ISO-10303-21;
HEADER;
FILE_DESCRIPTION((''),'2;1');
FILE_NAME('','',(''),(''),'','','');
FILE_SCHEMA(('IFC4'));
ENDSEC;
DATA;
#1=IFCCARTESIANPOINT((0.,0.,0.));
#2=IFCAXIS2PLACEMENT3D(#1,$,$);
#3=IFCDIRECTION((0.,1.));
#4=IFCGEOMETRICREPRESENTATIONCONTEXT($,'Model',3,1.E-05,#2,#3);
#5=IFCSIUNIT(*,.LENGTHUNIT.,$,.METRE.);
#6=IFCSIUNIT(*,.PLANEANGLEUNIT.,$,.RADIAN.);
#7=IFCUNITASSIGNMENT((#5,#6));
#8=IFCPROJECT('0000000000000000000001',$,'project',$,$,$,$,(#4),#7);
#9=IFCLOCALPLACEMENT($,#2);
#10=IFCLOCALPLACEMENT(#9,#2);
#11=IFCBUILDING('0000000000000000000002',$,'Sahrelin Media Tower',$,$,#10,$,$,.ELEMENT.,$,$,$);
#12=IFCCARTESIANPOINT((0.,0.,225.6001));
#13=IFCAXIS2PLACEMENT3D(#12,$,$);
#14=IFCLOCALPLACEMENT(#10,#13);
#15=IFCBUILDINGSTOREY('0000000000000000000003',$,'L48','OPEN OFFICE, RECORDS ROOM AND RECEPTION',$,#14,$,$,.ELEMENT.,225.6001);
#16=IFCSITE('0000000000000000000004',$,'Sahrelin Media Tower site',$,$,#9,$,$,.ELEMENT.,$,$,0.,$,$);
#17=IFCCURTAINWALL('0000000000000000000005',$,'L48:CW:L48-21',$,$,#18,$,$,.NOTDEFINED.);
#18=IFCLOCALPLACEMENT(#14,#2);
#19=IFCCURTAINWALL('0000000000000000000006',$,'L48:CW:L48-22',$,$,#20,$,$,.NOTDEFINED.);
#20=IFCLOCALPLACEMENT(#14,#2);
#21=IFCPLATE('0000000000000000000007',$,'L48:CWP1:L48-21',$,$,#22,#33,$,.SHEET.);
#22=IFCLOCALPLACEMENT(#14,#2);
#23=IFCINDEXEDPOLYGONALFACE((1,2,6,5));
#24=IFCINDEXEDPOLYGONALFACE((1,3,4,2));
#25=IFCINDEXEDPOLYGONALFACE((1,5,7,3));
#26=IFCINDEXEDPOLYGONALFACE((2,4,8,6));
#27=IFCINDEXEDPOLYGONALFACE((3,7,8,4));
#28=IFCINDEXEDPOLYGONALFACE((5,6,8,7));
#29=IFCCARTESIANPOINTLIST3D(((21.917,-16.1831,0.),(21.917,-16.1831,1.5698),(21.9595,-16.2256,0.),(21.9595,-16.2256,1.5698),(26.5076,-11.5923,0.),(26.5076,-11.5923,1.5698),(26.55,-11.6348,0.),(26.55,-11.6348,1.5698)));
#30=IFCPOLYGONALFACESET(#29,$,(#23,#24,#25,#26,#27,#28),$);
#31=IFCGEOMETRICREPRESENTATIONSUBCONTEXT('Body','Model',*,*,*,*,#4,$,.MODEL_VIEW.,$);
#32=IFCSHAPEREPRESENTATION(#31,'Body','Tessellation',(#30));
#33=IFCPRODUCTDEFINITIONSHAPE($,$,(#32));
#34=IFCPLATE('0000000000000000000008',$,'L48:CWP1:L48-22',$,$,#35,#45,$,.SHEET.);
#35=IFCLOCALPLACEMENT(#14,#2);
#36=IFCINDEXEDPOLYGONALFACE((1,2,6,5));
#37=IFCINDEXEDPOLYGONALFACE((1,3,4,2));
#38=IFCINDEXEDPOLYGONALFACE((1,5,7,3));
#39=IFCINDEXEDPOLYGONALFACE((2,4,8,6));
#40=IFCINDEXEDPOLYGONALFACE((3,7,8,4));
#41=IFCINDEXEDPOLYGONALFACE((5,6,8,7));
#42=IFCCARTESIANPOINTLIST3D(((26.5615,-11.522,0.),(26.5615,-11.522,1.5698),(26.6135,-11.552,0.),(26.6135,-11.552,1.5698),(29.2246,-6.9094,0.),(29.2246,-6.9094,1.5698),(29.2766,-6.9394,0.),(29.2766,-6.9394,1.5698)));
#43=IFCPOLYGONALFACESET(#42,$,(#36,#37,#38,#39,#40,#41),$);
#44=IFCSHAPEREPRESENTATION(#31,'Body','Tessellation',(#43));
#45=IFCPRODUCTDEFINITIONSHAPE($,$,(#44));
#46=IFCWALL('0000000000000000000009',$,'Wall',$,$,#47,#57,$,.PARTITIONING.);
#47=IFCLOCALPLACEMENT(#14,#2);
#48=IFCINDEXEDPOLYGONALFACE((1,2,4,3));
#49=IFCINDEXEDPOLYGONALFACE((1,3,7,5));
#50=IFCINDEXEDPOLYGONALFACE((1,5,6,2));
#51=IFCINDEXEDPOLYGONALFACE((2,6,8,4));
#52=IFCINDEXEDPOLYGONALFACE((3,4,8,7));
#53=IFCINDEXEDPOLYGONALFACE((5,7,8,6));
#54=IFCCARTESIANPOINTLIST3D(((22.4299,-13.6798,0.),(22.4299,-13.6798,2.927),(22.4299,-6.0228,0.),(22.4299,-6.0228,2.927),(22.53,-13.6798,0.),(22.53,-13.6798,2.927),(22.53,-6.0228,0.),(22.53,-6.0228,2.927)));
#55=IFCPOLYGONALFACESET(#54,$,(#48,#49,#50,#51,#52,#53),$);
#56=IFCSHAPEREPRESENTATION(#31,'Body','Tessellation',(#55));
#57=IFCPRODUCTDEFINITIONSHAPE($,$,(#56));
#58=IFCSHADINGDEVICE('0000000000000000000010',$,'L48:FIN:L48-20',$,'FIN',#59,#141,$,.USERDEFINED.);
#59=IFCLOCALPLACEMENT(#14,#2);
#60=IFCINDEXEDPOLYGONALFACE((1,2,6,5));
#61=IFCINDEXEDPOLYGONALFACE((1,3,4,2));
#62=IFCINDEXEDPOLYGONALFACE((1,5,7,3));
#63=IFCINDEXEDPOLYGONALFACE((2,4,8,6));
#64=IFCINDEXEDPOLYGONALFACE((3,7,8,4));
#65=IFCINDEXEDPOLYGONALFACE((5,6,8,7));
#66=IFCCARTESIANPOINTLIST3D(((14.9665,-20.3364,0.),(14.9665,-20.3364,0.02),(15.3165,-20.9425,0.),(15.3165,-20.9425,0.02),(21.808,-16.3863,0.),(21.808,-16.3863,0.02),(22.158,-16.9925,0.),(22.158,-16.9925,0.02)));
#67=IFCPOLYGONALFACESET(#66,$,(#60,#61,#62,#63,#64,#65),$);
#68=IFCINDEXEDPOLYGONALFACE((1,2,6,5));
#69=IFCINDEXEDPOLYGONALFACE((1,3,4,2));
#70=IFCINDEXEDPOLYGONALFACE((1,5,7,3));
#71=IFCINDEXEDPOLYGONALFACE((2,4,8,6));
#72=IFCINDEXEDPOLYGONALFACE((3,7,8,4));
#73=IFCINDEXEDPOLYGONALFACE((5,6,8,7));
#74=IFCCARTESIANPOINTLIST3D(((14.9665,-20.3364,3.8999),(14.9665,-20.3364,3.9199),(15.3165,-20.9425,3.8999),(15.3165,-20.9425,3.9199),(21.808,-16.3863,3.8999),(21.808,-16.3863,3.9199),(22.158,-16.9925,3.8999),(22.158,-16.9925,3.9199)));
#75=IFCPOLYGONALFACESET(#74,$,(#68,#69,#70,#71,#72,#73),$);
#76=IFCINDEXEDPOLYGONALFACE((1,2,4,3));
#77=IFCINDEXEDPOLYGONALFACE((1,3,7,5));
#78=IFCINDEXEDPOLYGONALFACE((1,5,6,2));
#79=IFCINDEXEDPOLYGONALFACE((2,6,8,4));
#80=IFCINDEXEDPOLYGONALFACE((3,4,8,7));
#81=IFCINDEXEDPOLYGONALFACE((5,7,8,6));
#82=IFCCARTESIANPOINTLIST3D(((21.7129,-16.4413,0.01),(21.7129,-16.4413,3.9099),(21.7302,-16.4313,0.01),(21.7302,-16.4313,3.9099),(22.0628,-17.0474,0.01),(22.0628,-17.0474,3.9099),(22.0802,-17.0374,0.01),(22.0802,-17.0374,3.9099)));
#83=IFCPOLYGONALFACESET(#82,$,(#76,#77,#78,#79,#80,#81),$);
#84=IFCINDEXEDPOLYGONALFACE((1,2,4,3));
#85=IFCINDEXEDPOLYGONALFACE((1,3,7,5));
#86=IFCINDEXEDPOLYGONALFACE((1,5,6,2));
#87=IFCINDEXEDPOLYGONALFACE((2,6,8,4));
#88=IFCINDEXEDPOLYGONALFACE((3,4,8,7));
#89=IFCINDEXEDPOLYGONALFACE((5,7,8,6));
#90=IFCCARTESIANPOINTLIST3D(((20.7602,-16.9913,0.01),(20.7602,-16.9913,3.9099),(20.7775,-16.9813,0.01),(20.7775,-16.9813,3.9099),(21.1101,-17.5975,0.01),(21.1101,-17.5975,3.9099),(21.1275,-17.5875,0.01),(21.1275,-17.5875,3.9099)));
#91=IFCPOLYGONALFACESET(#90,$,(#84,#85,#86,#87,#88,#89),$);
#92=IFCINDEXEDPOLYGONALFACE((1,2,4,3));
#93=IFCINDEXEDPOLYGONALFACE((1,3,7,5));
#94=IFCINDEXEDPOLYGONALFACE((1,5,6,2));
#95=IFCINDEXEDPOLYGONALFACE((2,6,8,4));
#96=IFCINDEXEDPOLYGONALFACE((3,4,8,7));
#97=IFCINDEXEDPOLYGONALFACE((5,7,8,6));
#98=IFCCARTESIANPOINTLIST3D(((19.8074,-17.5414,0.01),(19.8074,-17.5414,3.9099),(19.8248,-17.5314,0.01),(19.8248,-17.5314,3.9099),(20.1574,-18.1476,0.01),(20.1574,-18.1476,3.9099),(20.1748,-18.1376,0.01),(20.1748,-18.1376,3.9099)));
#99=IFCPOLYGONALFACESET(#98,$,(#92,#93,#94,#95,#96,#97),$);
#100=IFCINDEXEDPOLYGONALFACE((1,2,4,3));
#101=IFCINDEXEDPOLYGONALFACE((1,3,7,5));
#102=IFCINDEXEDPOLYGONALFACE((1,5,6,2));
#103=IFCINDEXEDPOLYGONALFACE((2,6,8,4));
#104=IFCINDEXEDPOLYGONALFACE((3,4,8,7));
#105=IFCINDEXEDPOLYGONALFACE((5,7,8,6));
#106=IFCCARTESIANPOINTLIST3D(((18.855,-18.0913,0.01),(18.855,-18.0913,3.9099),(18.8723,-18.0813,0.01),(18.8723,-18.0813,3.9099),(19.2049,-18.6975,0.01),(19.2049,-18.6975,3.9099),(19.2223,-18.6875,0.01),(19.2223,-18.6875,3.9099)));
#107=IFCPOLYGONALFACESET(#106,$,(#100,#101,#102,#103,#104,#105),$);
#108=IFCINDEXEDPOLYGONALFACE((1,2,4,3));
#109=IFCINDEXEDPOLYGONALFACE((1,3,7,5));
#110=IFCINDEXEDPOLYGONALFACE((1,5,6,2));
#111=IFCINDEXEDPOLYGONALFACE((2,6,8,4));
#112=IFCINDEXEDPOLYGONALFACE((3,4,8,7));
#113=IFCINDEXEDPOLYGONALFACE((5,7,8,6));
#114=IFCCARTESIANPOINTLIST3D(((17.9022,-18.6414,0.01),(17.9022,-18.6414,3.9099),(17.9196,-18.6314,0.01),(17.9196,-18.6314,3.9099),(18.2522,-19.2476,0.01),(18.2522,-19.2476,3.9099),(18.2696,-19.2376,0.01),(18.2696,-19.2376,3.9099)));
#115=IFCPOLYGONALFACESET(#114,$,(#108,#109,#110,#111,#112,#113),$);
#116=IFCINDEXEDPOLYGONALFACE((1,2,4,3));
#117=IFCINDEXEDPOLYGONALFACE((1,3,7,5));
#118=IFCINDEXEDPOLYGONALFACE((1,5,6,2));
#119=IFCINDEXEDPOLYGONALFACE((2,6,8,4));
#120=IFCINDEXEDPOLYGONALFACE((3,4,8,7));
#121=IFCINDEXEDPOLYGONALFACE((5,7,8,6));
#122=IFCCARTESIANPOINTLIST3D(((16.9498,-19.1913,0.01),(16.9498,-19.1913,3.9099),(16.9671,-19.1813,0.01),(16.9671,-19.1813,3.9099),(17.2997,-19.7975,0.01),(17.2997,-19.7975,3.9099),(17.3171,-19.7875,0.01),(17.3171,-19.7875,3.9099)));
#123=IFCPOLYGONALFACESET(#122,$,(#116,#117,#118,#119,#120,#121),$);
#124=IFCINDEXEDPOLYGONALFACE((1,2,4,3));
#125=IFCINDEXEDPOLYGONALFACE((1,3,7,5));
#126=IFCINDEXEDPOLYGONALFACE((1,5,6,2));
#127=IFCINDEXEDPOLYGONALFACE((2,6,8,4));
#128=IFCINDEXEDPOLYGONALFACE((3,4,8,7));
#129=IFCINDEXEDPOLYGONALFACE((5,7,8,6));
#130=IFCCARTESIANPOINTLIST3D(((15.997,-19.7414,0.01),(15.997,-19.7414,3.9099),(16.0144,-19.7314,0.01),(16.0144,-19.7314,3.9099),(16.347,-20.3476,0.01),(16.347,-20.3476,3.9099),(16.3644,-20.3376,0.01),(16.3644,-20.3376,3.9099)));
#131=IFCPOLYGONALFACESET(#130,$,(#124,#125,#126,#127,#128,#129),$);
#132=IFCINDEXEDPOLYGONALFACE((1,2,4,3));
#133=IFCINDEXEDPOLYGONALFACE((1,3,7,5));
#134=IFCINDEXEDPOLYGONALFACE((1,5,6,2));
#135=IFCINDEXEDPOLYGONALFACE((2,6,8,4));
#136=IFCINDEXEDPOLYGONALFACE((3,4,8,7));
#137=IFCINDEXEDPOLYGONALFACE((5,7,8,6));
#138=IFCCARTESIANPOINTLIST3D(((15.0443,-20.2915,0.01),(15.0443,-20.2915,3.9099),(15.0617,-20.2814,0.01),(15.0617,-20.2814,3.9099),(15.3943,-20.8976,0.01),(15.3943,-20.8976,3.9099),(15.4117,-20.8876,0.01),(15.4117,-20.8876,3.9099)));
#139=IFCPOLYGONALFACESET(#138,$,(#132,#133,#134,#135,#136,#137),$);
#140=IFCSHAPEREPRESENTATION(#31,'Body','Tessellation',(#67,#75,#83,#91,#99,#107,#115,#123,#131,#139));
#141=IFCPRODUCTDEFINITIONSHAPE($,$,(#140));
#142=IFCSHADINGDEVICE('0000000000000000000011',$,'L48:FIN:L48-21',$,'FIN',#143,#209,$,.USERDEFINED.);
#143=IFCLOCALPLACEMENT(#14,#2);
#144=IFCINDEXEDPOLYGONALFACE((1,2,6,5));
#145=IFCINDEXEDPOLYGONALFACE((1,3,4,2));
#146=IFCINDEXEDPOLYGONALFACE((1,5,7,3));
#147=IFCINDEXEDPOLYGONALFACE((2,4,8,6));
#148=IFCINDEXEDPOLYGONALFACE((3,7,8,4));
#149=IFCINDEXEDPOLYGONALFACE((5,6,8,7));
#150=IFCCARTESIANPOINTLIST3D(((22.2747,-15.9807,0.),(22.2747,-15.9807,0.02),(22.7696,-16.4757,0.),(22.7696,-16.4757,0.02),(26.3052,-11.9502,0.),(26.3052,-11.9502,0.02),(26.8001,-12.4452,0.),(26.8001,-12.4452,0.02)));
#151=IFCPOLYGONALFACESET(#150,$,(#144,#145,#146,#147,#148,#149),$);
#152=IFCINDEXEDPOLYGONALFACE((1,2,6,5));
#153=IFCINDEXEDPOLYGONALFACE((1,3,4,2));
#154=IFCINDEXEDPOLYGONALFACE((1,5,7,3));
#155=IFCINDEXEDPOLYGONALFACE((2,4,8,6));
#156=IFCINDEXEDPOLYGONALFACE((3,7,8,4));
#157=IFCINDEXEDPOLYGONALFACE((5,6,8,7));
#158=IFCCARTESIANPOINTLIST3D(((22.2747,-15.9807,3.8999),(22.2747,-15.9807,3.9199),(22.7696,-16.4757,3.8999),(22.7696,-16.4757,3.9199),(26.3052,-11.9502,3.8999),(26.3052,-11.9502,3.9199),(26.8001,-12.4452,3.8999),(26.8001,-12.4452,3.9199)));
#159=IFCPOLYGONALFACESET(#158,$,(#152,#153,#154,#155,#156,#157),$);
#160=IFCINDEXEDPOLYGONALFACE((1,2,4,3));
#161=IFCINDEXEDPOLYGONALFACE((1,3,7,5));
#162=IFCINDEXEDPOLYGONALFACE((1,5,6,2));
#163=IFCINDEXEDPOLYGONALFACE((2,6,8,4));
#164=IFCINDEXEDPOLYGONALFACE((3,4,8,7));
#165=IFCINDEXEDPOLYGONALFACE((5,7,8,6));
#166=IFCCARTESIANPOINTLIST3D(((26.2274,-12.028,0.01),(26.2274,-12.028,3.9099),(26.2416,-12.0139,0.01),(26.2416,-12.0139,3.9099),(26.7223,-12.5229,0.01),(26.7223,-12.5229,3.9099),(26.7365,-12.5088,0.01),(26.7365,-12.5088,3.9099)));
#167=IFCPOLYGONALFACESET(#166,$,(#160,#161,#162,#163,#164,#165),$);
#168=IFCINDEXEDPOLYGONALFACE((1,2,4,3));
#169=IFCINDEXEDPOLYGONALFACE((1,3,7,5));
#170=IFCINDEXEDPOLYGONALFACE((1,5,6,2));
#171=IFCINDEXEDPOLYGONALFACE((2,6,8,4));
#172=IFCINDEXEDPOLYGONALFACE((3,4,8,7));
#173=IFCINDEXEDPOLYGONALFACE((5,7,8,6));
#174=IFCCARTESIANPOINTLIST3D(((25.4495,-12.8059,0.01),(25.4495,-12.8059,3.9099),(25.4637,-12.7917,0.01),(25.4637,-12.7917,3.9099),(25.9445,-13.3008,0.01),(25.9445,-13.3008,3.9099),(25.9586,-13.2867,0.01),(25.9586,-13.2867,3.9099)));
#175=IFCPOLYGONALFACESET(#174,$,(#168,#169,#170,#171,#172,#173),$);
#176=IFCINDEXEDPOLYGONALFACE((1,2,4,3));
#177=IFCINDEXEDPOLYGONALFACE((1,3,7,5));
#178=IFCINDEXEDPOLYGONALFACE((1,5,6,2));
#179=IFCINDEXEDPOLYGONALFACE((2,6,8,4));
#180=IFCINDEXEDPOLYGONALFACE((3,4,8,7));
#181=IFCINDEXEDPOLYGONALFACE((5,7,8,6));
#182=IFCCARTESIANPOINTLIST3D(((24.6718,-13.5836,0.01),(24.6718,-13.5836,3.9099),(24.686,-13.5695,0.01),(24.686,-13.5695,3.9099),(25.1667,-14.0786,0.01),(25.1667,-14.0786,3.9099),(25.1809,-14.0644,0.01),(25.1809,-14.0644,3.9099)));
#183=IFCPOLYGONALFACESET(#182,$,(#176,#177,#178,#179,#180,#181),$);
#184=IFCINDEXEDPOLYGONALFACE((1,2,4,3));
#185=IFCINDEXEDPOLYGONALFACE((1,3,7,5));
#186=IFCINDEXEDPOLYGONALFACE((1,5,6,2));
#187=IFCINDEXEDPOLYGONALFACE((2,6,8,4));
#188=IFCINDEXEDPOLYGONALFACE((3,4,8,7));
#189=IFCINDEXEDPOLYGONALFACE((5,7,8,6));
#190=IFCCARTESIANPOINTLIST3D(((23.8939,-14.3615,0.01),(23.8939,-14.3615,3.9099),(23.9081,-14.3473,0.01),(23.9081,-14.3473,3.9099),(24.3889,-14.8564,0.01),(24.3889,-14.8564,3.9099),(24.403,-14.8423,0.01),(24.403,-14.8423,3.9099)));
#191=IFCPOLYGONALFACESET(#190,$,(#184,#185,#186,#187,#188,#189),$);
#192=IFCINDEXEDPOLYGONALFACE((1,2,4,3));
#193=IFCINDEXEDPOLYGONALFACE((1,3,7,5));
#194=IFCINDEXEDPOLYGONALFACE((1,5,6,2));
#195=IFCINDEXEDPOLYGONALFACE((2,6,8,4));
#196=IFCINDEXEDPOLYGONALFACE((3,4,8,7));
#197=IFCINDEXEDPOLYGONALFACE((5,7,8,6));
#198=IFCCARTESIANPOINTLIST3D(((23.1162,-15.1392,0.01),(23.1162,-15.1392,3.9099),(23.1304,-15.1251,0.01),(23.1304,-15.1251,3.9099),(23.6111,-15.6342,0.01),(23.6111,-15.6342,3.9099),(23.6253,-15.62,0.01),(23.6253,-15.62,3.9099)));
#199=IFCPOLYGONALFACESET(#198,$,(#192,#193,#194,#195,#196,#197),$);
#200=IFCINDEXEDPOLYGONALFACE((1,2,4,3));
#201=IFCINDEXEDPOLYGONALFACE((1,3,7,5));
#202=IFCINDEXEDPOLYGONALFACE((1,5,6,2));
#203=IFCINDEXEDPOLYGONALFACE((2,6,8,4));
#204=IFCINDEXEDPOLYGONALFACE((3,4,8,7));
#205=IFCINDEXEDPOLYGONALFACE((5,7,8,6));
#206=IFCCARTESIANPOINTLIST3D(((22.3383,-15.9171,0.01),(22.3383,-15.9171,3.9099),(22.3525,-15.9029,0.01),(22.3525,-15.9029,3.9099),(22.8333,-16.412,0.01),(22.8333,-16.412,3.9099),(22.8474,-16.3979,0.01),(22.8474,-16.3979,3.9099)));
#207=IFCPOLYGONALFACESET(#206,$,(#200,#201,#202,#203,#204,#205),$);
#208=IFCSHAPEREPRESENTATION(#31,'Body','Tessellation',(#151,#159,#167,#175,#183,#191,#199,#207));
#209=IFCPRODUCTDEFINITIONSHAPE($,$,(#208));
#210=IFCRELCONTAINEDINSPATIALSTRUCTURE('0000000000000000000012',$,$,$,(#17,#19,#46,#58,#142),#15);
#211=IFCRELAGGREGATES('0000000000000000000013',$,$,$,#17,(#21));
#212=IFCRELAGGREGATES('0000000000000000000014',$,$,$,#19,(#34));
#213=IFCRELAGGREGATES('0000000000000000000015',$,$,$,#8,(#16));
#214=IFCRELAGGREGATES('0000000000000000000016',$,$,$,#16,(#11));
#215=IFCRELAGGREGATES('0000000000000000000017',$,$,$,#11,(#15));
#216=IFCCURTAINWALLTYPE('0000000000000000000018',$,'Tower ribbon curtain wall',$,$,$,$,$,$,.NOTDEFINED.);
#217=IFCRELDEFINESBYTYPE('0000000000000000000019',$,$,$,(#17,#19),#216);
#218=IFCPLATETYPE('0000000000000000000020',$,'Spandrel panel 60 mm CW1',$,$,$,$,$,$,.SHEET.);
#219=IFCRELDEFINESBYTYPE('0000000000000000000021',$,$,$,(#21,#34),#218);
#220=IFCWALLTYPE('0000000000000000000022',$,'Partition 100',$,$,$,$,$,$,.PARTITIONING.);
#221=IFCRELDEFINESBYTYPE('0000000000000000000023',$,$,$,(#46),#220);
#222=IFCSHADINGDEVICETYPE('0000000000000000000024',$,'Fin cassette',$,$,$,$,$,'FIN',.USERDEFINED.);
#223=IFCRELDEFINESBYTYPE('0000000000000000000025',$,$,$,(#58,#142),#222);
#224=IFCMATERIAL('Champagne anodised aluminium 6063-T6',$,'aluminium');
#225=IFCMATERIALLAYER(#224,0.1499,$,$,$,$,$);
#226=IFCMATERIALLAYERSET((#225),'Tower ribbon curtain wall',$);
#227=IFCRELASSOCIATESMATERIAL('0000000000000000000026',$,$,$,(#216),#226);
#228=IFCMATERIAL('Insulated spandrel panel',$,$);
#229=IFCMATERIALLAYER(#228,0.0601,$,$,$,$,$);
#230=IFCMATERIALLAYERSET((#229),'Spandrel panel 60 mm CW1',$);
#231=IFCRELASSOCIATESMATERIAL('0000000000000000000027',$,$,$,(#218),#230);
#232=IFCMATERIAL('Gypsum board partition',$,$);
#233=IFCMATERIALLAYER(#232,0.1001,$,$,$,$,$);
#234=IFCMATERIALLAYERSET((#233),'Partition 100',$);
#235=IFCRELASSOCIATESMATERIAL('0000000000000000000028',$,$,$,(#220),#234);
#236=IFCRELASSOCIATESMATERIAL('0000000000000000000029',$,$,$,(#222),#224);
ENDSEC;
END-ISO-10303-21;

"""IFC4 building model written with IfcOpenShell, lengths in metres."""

from ifc_helpers import new_model, si_unit, direction, frame, frame_2d, origin, origin_2d, place, context, subcontext, project, spatial, polyline, rectangle, outline, extrude, material, layer, layer_set, type_object, element, aggregate, save


model = new_model("IFC4")

# Units and contexts
model_context = context("Model", 3, precision=1e-05, world=origin(), true_north=direction((0.0, 1.0)))
body_context = subcontext(model_context, "Body", "Model", "MODEL_VIEW")
ifc_project = project(units=[si_unit("LENGTHUNIT", "METRE"), si_unit("PLANEANGLEUNIT", "RADIAN")], contexts=[model_context])

# Site, building, storey
site_placement = place(None, origin())
site = spatial("IfcSite", under=ifc_project, at=site_placement, Name="Sahrelin Media Tower site", CompositionType="ELEMENT", RefElevation=0.0)
building_placement = place(site_placement, origin())
building = spatial("IfcBuilding", under=site, at=building_placement, Name="Sahrelin Media Tower", CompositionType="ELEMENT")
storey_placement = place(building_placement, frame((0.0, 0.0, 225.6001)))
storey = spatial("IfcBuildingStorey", under=building, at=storey_placement, Name="L48", Description="OPEN OFFICE, RECORDS ROOM AND RECEPTION", CompositionType="ELEMENT", Elevation=225.6001)

# Curtain wall
ifc_material_1 = material(Name="Champagne anodised aluminium 6063-T6", Category="aluminium")
ifc_layer_1 = layer(ifc_material_1, 0.1499)
ifc_layer_set_1 = layer_set([ifc_layer_1], Name="Tower ribbon curtain wall")
curtain_wall_type = type_object("IfcCurtainWallType", Name="Tower ribbon curtain wall", PredefinedType="NOTDEFINED", material=ifc_layer_set_1)
curtain_wall_1_placement = place(storey_placement, frame((24.2405, -13.916, 0.0), z_axis=(0.0, 0.0, 1.0), x_axis=(1.0, 0.0, 0.0)))
curtain_wall_1 = element("IfcCurtainWall", 1, at=curtain_wall_1_placement, inside=storey, type_object=curtain_wall_type, Name="L48:CW:L48-21", PredefinedType="NOTDEFINED")

# Curtain wall
curtain_wall_2_placement = place(storey_placement, frame((27.9277, -9.2356, 0.0), z_axis=(0.0, 0.0, 1.0), x_axis=(1.0, 0.0, 0.0)))
curtain_wall_2 = element("IfcCurtainWall", 2, at=curtain_wall_2_placement, inside=storey, type_object=curtain_wall_type, Name="L48:CW:L48-22", PredefinedType="NOTDEFINED")

# Plates
ifc_material_2 = material(Name="Insulated spandrel panel")
ifc_layer_2 = layer(ifc_material_2, 0.0601)
ifc_layer_set_2 = layer_set([ifc_layer_2], Name="Spandrel panel 60 mm CW1")
plate_type_1 = type_object("IfcPlateType", Name="Spandrel panel 60 mm CW1", PredefinedType="SHEET", material=ifc_layer_set_2)
plate_1_placement = place(storey_placement, frame((21.9595, -16.2256, 0.0), z_axis=(0.707126, -0.707088, 0.0), x_axis=(0.707088, 0.707126, 0.0)))
plate_1 = element("IfcPlate", 3, at=plate_1_placement, type_object=plate_type_1, Name="L48:CWP1:L48-21", PredefinedType="SHEET", context=body_context, shape_type="SweptSolid", body=[
    extrude(outline(polyline([(0.0, 0.0), (6.4922, 0.0), (6.4922, 1.5698), (0.0, 1.5698), (0.0, 0.0)])), origin(), (0.0, 0.0, -1.0), 0.0601),
])
aggregate(curtain_wall_1, [plate_1])
plate_2_placement = place(storey_placement, frame((26.6135, -11.552, 0.0), z_axis=(0.866023, -0.500004, 0.0), x_axis=(0.500004, 0.866023, 0.0)))
plate_2 = element("IfcPlate", 4, at=plate_2_placement, type_object=plate_type_1, Name="L48:CWP1:L48-22", PredefinedType="SHEET", context=body_context, shape_type="SweptSolid", body=[
    extrude(outline(polyline([(0.0, 0.0), (5.3262, 0.0), (5.3262, 1.5698), (0.0, 1.5698), (0.0, 0.0)])), origin(), (0.0, 0.0, -1.0), 0.0601),
])
aggregate(curtain_wall_2, [plate_2])

# Wall
ifc_material_3 = material(Name="Gypsum board partition")
ifc_layer_3 = layer(ifc_material_3, 0.1001)
ifc_layer_set_3 = layer_set([ifc_layer_3], Name="Partition 100")
wall_type = type_object("IfcWallType", Name="Partition 100", PredefinedType="PARTITIONING", material=ifc_layer_set_3)
wall_placement = place(storey_placement, frame((22.48, -13.6799, 0.0), z_axis=(0.0, 0.0, 1.0), x_axis=(0.0, 1.0, 0.0)))
element("IfcWall", 5, at=wall_placement, inside=storey, type_object=wall_type, Name="Wall", PredefinedType="PARTITIONING", context=body_context, shape_type="SweptSolid", body=[
    extrude(rectangle(XDim=7.657, YDim=0.1001, at=frame_2d((3.8286, 0.0))), origin(), (0.0, 0.0, 1.0), 2.927),
])

# Shading devices
shading_device_type_1 = type_object("IfcShadingDeviceType", Name="Fin cassette", ElementType="FIN", PredefinedType="USERDEFINED", material=ifc_material_1)
placement_1 = place(storey_placement, frame((18.3523, -18.3008, 0.0), z_axis=(0.0, 0.0, 1.0), x_axis=(-0.866019, -0.500011, 0.0)))
element("IfcShadingDevice", 6, at=placement_1, inside=storey, type_object=shading_device_type_1, Name="L48:FIN:L48-20", ObjectType="FIN", PredefinedType="USERDEFINED", context=body_context, shape_type="SweptSolid", body=[
    extrude(rectangle(XDim=7.8999, YDim=0.7, at=origin_2d()), frame((0.0, 0.4199, 0.0)), (0.0, 0.0, 1.0), 0.02),
    extrude(rectangle(XDim=7.8999, YDim=0.7, at=origin_2d()), frame((0.0, 0.4199, 3.8999)), (0.0, 0.0, 1.0), 0.02),
    extrude(rectangle(XDim=0.02, YDim=0.7, at=origin_2d()), frame((-3.8501, 0.4199, 0.01), z_axis=(0.0, 0.0, 1.0), x_axis=(1.0, 0.0, 0.0)), (0.0, 0.0, 1.0), 3.8999),
    extrude(rectangle(XDim=0.02, YDim=0.7, at=origin_2d()), frame((-2.75, 0.4199, 0.01), z_axis=(0.0, 0.0, 1.0), x_axis=(1.0, 0.0, 0.0)), (0.0, 0.0, 1.0), 3.8999),
    extrude(rectangle(XDim=0.02, YDim=0.7, at=origin_2d()), frame((-1.6499, 0.4199, 0.01), z_axis=(0.0, 0.0, 1.0), x_axis=(1.0, 0.0, 0.0)), (0.0, 0.0, 1.0), 3.8999),
    extrude(rectangle(XDim=0.02, YDim=0.7, at=origin_2d()), frame((-0.55, 0.4199, 0.01), z_axis=(0.0, 0.0, 1.0), x_axis=(1.0, 0.0, 0.0)), (0.0, 0.0, 1.0), 3.8999),
    extrude(rectangle(XDim=0.02, YDim=0.7, at=origin_2d()), frame((0.55, 0.4199, 0.01), z_axis=(0.0, 0.0, 1.0), x_axis=(1.0, 0.0, 0.0)), (0.0, 0.0, 1.0), 3.8999),
    extrude(rectangle(XDim=0.02, YDim=0.7, at=origin_2d()), frame((1.6499, 0.4199, 0.01), z_axis=(0.0, 0.0, 1.0), x_axis=(1.0, 0.0, 0.0)), (0.0, 0.0, 1.0), 3.8999),
    extrude(rectangle(XDim=0.02, YDim=0.7, at=origin_2d()), frame((2.75, 0.4199, 0.01), z_axis=(0.0, 0.0, 1.0), x_axis=(1.0, 0.0, 0.0)), (0.0, 0.0, 1.0), 3.8999),
    extrude(rectangle(XDim=0.02, YDim=0.7, at=origin_2d()), frame((3.8501, 0.4199, 0.01), z_axis=(0.0, 0.0, 1.0), x_axis=(1.0, 0.0, 0.0)), (0.0, 0.0, 1.0), 3.8999),
])
placement_2 = place(storey_placement, frame((24.2405, -13.916, 0.0), z_axis=(0.0, 0.0, 1.0), x_axis=(-0.707107, -0.707107, 0.0)))
element("IfcShadingDevice", 7, at=placement_2, inside=storey, type_object=shading_device_type_1, Name="L48:FIN:L48-21", ObjectType="FIN", PredefinedType="USERDEFINED", context=body_context, shape_type="SweptSolid", body=[
    extrude(rectangle(XDim=5.7, YDim=0.7, at=origin_2d()), frame((0.0, 0.4199, 0.0)), (0.0, 0.0, 1.0), 0.02),
    extrude(rectangle(XDim=5.7, YDim=0.7, at=origin_2d()), frame((0.0, 0.4199, 3.8999)), (0.0, 0.0, 1.0), 0.02),
    extrude(rectangle(XDim=0.02, YDim=0.7, at=origin_2d()), frame((-2.75, 0.4199, 0.01), z_axis=(0.0, 0.0, 1.0), x_axis=(1.0, 0.0, 0.0)), (0.0, 0.0, 1.0), 3.8999),
    extrude(rectangle(XDim=0.02, YDim=0.7, at=origin_2d()), frame((-1.6499, 0.4199, 0.01), z_axis=(0.0, 0.0, 1.0), x_axis=(1.0, 0.0, 0.0)), (0.0, 0.0, 1.0), 3.8999),
    extrude(rectangle(XDim=0.02, YDim=0.7, at=origin_2d()), frame((-0.55, 0.4199, 0.01), z_axis=(0.0, 0.0, 1.0), x_axis=(1.0, 0.0, 0.0)), (0.0, 0.0, 1.0), 3.8999),
    extrude(rectangle(XDim=0.02, YDim=0.7, at=origin_2d()), frame((0.55, 0.4199, 0.01), z_axis=(0.0, 0.0, 1.0), x_axis=(1.0, 0.0, 0.0)), (0.0, 0.0, 1.0), 3.8999),
    extrude(rectangle(XDim=0.02, YDim=0.7, at=origin_2d()), frame((1.6499, 0.4199, 0.01), z_axis=(0.0, 0.0, 1.0), x_axis=(1.0, 0.0, 0.0)), (0.0, 0.0, 1.0), 3.8999),
    extrude(rectangle(XDim=0.02, YDim=0.7, at=origin_2d()), frame((2.75, 0.4199, 0.01), z_axis=(0.0, 0.0, 1.0), x_axis=(1.0, 0.0, 0.0)), (0.0, 0.0, 1.0), 3.8999),
])

save(model, "model.ifc")
